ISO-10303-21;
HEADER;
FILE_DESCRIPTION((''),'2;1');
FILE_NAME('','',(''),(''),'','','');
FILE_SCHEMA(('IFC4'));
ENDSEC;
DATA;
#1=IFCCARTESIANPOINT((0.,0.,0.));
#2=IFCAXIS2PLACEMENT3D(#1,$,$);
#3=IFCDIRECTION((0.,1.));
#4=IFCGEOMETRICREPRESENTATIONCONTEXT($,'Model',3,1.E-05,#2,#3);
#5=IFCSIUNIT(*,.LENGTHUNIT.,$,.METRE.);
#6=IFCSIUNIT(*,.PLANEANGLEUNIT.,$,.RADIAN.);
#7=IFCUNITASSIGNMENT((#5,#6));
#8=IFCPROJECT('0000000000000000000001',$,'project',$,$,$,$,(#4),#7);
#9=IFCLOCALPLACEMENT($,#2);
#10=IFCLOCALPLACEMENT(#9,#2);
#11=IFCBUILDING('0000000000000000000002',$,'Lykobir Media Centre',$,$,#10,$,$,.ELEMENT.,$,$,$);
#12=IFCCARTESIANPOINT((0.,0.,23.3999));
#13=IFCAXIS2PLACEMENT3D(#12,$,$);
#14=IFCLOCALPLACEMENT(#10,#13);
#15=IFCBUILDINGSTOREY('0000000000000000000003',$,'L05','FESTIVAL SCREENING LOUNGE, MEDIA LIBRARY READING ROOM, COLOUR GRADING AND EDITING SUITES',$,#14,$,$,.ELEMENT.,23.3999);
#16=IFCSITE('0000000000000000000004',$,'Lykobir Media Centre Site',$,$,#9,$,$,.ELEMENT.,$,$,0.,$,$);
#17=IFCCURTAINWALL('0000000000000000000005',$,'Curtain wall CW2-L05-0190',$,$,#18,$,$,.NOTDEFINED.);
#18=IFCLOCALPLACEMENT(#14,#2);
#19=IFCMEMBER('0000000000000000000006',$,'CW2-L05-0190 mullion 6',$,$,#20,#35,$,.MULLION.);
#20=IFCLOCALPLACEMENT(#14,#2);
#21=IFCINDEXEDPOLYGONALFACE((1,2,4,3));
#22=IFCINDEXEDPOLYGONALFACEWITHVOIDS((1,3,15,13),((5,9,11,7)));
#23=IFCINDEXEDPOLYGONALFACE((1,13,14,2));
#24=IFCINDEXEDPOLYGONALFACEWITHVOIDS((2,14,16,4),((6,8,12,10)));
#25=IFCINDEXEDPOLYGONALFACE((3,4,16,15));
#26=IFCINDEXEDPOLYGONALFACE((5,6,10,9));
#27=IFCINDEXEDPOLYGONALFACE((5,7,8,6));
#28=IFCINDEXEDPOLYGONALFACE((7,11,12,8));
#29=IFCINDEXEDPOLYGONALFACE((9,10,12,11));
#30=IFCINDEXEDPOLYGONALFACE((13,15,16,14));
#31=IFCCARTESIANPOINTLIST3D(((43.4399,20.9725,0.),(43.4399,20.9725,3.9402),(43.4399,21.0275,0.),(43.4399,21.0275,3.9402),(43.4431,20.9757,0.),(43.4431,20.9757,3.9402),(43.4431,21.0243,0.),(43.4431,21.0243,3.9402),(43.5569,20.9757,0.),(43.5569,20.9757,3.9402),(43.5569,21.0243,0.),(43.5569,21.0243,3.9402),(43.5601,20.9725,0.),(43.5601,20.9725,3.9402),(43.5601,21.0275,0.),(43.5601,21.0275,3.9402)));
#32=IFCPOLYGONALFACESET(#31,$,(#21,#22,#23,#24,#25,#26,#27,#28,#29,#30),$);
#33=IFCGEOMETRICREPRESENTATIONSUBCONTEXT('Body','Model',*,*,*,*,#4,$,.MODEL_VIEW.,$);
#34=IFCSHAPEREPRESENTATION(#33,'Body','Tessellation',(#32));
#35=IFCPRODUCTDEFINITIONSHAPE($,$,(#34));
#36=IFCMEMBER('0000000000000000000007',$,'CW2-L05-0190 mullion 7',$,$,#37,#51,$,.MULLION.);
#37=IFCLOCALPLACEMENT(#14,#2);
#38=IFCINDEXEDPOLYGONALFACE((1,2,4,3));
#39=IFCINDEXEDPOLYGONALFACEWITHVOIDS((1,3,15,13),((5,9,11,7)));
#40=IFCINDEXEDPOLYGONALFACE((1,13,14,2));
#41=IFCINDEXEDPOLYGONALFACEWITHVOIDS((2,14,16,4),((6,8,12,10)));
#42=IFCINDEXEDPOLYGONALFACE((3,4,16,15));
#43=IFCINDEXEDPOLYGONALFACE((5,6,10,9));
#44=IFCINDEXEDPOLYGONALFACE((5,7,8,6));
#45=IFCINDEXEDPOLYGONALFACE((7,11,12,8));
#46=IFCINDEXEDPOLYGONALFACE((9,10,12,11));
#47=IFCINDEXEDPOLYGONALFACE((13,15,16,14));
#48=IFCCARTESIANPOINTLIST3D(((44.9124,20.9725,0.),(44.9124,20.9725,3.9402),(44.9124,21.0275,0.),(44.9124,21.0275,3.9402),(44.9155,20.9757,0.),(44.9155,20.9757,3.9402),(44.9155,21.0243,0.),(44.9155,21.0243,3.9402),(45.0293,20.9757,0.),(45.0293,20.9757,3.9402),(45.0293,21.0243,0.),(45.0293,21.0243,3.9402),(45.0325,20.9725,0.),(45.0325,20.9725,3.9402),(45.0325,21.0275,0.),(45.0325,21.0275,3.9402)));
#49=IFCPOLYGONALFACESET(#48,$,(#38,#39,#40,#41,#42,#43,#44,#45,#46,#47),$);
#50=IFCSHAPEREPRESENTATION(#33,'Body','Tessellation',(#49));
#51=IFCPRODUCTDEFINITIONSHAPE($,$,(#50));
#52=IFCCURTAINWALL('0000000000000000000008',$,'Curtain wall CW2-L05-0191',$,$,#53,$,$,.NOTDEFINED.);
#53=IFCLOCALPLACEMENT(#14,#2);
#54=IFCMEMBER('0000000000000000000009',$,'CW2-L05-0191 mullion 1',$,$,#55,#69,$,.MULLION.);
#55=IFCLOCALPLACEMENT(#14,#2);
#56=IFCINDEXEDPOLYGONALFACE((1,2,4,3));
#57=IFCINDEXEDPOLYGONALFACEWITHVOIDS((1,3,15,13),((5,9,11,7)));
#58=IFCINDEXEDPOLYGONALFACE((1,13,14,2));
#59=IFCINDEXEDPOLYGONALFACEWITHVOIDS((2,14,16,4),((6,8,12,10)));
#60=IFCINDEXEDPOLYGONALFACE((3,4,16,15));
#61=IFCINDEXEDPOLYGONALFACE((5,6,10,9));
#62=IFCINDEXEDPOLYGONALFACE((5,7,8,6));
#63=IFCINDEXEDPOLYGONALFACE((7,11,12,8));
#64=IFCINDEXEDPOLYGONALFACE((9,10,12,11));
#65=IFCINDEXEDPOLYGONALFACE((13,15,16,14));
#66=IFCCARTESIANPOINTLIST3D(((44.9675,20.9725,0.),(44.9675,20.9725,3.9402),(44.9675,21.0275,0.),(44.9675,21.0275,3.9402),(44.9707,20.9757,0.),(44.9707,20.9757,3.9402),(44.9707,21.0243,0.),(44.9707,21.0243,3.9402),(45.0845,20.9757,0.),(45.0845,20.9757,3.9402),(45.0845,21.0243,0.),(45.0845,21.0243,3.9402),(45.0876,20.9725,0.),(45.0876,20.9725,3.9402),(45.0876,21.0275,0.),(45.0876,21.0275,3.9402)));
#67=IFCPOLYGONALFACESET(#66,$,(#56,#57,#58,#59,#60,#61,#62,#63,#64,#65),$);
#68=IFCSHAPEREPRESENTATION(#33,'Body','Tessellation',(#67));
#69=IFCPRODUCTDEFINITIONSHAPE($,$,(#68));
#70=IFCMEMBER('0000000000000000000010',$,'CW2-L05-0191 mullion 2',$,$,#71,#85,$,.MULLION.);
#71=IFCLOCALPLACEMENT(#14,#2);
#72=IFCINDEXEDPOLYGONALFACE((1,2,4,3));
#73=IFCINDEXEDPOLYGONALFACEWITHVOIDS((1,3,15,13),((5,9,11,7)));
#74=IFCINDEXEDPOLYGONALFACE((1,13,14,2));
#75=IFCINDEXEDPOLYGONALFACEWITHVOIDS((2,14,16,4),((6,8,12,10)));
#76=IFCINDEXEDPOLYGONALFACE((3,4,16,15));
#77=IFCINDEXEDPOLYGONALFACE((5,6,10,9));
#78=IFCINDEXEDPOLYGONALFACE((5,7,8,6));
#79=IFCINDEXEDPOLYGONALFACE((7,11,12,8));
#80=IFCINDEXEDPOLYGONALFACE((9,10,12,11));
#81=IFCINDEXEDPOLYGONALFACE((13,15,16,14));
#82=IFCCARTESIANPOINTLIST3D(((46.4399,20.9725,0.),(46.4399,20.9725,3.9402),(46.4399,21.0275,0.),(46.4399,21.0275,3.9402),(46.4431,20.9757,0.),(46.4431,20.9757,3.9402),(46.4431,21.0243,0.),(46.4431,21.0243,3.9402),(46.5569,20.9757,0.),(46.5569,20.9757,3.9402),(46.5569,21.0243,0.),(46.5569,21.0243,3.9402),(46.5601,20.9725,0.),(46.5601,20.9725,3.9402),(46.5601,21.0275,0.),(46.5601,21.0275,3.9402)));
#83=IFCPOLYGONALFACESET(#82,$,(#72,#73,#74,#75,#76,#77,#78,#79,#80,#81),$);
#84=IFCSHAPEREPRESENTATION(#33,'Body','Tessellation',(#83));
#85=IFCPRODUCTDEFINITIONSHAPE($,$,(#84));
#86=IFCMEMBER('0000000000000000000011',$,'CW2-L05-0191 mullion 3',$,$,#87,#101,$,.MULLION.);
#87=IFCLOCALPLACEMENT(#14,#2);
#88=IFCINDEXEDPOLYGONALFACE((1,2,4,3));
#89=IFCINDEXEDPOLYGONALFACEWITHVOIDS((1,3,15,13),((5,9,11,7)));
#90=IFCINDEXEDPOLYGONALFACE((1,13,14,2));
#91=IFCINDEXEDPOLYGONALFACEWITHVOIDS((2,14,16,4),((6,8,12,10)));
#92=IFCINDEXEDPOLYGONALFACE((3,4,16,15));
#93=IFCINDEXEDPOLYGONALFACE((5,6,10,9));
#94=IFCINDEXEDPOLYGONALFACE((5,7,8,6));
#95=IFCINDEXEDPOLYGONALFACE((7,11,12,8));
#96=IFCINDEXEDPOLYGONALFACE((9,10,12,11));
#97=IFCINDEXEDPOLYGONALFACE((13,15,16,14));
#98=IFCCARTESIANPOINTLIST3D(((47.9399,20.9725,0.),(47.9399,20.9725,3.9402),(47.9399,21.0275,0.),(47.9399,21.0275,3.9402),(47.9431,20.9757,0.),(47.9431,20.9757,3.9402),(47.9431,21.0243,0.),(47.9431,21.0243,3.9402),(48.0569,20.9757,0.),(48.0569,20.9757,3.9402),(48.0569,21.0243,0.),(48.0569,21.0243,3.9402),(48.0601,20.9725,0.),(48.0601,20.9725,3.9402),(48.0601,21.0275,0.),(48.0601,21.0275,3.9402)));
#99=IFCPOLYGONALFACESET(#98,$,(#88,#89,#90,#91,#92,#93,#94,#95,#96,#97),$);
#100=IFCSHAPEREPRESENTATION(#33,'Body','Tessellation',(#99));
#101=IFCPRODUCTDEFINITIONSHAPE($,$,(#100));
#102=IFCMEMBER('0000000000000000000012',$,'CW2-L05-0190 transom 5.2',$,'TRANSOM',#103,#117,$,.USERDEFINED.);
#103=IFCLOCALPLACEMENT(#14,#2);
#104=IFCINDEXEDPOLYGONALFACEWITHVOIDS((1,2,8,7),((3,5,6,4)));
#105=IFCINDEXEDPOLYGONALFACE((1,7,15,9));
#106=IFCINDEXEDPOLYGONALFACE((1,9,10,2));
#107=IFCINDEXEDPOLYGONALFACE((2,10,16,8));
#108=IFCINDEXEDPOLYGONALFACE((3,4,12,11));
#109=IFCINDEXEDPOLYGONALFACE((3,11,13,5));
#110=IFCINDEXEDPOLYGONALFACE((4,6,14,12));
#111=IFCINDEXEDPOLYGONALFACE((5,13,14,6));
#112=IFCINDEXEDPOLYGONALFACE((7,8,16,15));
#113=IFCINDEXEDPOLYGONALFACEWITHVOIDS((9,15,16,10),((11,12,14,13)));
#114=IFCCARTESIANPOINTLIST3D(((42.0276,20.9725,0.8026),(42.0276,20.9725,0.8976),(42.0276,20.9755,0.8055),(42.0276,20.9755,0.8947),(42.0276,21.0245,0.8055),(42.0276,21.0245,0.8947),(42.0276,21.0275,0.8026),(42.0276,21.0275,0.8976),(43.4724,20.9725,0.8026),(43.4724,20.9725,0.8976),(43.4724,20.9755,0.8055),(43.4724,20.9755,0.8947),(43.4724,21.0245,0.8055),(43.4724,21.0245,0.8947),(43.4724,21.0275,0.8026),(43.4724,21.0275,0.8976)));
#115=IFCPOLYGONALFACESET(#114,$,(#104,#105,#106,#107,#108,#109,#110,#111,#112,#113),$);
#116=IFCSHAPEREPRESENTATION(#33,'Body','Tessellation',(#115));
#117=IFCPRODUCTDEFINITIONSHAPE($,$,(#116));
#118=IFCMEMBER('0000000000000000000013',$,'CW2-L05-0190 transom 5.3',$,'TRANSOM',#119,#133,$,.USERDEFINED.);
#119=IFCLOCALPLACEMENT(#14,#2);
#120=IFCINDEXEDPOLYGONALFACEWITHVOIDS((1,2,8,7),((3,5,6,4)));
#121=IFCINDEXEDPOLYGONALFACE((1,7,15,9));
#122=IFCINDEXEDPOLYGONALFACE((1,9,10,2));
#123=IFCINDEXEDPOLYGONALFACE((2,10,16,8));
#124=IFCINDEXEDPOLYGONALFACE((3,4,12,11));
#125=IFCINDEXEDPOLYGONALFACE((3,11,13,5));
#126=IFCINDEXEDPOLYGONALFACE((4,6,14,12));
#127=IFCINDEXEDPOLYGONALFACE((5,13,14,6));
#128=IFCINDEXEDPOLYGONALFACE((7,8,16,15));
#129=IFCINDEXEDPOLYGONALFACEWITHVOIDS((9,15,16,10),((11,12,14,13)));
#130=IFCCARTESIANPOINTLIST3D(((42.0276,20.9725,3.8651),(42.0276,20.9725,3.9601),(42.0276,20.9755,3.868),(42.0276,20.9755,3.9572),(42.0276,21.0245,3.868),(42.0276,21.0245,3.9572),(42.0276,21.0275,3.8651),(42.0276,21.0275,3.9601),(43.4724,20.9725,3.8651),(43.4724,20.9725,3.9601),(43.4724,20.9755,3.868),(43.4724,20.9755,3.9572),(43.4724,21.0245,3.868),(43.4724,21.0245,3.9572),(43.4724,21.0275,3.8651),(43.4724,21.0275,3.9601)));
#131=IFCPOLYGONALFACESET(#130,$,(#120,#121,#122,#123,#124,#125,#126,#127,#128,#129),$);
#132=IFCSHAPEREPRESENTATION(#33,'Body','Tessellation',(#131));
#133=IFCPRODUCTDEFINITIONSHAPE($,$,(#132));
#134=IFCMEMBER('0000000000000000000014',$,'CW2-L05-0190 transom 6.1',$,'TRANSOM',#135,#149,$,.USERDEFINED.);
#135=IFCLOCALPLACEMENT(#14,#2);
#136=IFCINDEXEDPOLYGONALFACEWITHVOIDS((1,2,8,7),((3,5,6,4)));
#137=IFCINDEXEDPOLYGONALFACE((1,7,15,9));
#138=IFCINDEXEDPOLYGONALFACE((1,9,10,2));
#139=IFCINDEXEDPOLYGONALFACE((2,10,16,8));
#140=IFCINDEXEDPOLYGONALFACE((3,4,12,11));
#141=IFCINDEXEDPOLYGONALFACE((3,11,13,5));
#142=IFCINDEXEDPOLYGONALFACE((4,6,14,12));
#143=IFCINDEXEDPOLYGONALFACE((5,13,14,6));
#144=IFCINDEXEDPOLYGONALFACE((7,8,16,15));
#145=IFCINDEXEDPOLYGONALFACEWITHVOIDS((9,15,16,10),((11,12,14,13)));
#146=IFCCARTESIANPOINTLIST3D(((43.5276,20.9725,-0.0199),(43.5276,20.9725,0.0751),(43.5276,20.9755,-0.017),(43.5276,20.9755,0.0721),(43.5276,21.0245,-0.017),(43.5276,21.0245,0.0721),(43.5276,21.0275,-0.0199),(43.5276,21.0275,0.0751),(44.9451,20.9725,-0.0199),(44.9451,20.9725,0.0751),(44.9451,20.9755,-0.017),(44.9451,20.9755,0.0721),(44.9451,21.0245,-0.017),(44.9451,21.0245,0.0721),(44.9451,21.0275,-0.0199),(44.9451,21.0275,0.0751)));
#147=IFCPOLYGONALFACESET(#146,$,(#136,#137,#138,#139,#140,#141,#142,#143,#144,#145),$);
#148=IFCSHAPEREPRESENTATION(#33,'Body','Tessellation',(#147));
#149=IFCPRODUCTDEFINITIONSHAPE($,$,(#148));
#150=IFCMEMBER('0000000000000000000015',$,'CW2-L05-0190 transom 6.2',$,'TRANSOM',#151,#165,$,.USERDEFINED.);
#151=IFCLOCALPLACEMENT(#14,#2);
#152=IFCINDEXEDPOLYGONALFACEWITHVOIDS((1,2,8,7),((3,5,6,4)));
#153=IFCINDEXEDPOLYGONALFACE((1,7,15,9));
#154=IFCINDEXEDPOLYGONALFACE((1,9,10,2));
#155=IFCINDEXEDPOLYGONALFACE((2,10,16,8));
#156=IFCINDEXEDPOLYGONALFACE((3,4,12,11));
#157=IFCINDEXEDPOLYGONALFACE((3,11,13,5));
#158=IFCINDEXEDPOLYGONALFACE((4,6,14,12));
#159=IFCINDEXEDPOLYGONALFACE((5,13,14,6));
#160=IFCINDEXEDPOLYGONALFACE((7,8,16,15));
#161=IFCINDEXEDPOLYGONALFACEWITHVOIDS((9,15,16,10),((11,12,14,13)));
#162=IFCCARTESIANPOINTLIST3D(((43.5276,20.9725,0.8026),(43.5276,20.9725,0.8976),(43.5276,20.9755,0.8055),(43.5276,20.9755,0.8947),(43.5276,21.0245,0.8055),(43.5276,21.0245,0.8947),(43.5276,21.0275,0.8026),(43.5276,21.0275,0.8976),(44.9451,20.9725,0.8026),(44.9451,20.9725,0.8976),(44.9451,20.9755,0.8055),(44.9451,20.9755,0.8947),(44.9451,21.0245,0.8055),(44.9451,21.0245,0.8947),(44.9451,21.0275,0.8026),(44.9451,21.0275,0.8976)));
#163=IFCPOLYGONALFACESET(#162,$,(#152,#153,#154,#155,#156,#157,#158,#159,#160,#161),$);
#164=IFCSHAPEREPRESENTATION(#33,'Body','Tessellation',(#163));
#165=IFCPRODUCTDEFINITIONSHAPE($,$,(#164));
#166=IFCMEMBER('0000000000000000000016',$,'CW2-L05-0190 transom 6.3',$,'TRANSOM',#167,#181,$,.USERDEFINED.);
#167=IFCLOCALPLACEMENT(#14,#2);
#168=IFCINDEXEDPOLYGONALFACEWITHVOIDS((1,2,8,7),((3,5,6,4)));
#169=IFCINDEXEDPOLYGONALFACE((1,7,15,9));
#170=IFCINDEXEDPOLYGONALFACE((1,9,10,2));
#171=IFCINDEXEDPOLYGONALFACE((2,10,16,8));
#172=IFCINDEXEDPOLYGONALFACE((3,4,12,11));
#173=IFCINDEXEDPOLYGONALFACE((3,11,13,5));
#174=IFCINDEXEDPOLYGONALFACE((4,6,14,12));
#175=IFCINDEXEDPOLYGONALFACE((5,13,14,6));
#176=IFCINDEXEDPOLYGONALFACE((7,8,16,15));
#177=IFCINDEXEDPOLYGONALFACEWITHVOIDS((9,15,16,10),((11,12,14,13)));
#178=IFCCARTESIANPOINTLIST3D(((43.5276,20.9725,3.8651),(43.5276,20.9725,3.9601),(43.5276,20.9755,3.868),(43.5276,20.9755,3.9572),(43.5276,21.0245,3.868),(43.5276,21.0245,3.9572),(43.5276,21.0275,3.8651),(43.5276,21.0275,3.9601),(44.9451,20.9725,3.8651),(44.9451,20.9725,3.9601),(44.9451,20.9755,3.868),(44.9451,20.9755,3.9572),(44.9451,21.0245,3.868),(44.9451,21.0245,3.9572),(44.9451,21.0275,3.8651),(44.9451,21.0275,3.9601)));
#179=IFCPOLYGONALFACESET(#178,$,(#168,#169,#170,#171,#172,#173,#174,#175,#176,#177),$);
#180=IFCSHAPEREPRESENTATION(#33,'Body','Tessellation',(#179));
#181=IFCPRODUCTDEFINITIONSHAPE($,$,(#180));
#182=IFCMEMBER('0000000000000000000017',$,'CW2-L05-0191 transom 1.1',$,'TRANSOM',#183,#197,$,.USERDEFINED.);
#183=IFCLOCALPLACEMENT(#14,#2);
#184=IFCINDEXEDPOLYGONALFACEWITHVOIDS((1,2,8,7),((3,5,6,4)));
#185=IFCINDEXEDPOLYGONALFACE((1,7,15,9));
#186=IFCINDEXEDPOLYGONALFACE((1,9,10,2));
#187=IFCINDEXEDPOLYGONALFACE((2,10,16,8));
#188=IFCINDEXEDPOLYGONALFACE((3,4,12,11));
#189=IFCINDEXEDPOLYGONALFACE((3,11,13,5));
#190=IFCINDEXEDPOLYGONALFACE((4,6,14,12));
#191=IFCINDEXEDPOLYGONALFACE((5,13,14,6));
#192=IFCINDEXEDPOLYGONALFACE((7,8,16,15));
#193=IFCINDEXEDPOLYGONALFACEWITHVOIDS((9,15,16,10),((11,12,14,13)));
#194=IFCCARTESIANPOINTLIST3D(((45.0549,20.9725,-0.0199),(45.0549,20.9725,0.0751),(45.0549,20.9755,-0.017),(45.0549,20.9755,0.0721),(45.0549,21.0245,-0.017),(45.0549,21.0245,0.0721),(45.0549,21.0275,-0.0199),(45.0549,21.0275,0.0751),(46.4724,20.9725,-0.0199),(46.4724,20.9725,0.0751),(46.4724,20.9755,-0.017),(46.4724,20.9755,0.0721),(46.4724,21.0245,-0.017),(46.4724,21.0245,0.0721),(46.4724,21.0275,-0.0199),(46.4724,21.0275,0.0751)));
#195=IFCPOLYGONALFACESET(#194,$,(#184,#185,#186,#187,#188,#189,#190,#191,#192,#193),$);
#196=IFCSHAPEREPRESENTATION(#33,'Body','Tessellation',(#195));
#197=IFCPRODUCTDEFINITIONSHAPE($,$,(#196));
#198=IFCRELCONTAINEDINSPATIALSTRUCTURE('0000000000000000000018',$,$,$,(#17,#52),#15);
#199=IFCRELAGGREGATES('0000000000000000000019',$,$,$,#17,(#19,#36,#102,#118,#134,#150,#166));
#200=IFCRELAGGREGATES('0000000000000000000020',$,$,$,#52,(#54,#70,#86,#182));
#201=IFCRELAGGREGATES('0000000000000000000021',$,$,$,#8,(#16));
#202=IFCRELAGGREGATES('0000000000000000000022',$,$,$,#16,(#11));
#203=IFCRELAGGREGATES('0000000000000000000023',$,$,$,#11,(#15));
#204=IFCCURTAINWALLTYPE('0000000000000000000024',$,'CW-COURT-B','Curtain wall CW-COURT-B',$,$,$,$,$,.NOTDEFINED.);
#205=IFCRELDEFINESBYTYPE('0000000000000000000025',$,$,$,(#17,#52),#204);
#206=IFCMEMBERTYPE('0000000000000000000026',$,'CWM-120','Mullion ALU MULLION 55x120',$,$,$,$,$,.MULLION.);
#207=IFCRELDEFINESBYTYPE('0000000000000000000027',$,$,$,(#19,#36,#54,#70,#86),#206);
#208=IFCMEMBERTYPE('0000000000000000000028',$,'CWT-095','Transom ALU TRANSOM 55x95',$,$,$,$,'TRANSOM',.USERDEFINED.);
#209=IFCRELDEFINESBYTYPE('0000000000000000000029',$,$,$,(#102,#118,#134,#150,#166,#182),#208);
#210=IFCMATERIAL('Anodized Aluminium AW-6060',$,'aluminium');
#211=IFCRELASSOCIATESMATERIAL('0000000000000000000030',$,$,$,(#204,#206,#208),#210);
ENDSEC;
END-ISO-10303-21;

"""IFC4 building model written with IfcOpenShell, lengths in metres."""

from ifc_helpers import new_model, si_unit, direction, frame, origin, origin_2d, place, context, subcontext, project, spatial, hollow_rectangle, extrude, material, material_profile, profile_set, type_object, element, aggregate, save


model = new_model("IFC4")

# Units and contexts
model_context = context("Model", 3, precision=1e-05, world=origin(), true_north=direction((0.0, 1.0)))
body_context = subcontext(model_context, "Body", "Model", "MODEL_VIEW")
ifc_project = project(units=[si_unit("LENGTHUNIT", "METRE"), si_unit("PLANEANGLEUNIT", "RADIAN")], contexts=[model_context])

# Site, building, storey
site_placement = place(None, origin())
site = spatial("IfcSite", under=ifc_project, at=site_placement, Name="Lykobir Media Centre Site", CompositionType="ELEMENT", RefElevation=0.0)
building_placement = place(site_placement, origin())
building = spatial("IfcBuilding", under=site, at=building_placement, Name="Lykobir Media Centre", CompositionType="ELEMENT")
storey_placement = place(building_placement, frame((0.0, 0.0, 23.3999)))
storey = spatial("IfcBuildingStorey", under=building, at=storey_placement, Name="L05", Description="FESTIVAL SCREENING LOUNGE, MEDIA LIBRARY READING ROOM, COLOUR GRADING AND EDITING SUITES", CompositionType="ELEMENT", Elevation=23.3999)

# Curtain walls, members
ifc_material_1 = material(Name="Anodized Aluminium AW-6060", Category="aluminium")
curtain_wall_type = type_object("IfcCurtainWallType", Name="CW-COURT-B", Description="Curtain wall CW-COURT-B", PredefinedType="NOTDEFINED", material=ifc_material_1)
curtain_wall_1_placement = place(storey_placement, origin())
curtain_wall_1 = element("IfcCurtainWall", 1, at=curtain_wall_1_placement, inside=storey, type_object=curtain_wall_type, Name="Curtain wall CW2-L05-0190", PredefinedType="NOTDEFINED")
ifc_material_profile_1 = material_profile(ifc_material_1, hollow_rectangle(XDim=0.0549, YDim=0.1201, WallThickness=0.0032, at=origin_2d()), Name="ALU MULLION 55x120")
ifc_profile_set_1 = profile_set([ifc_material_profile_1], Name="Anodized Aluminium AW-6060")
member_type_1 = type_object("IfcMemberType", Name="CWM-120", Description="Mullion ALU MULLION 55x120", PredefinedType="MULLION", material=ifc_profile_set_1)
member_1_placement = place(storey_placement, frame((43.5, 21.0, 0.0), z_axis=(0.0, 0.0, 1.0), x_axis=(0.0, 1.0, 0.0)))
member_1 = element("IfcMember", 2, at=member_1_placement, type_object=member_type_1, Name="CW2-L05-0190 mullion 6", PredefinedType="MULLION", context=body_context, shape_type="SweptSolid", body=[
    extrude(hollow_rectangle(XDim=0.0549, YDim=0.1201, WallThickness=0.0032, at=origin_2d()), origin(), (0.0, 0.0, 1.0), 3.9402),
])
member_2_placement = place(storey_placement, frame((44.9724, 21.0, 0.0), z_axis=(0.0, 0.0, 1.0), x_axis=(0.0, 1.0, 0.0)))
member_2 = element("IfcMember", 3, at=member_2_placement, type_object=member_type_1, Name="CW2-L05-0190 mullion 7", PredefinedType="MULLION", context=body_context, shape_type="SweptSolid", body=[
    extrude(hollow_rectangle(XDim=0.0549, YDim=0.1201, WallThickness=0.0032, at=origin_2d()), origin(), (0.0, 0.0, 1.0), 3.9402),
])
curtain_wall_2_placement = place(storey_placement, origin())
curtain_wall_2 = element("IfcCurtainWall", 4, at=curtain_wall_2_placement, inside=storey, type_object=curtain_wall_type, Name="Curtain wall CW2-L05-0191", PredefinedType="NOTDEFINED")
member_3_placement = place(storey_placement, frame((45.0276, 21.0, 0.0), z_axis=(0.0, 0.0, 1.0), x_axis=(0.0, 1.0, 0.0)))
member_3 = element("IfcMember", 5, at=member_3_placement, type_object=member_type_1, Name="CW2-L05-0191 mullion 1", PredefinedType="MULLION", context=body_context, shape_type="SweptSolid", body=[
    extrude(hollow_rectangle(XDim=0.0549, YDim=0.1201, WallThickness=0.0032, at=origin_2d()), origin(), (0.0, 0.0, 1.0), 3.9402),
])
member_4_placement = place(storey_placement, frame((46.5, 21.0, 0.0), z_axis=(0.0, 0.0, 1.0), x_axis=(0.0, 1.0, 0.0)))
member_4 = element("IfcMember", 6, at=member_4_placement, type_object=member_type_1, Name="CW2-L05-0191 mullion 2", PredefinedType="MULLION", context=body_context, shape_type="SweptSolid", body=[
    extrude(hollow_rectangle(XDim=0.0549, YDim=0.1201, WallThickness=0.0032, at=origin_2d()), origin(), (0.0, 0.0, 1.0), 3.9402),
])
member_5_placement = place(storey_placement, frame((48.0, 21.0, 0.0), z_axis=(0.0, 0.0, 1.0), x_axis=(0.0, 1.0, 0.0)))
member_5 = element("IfcMember", 7, at=member_5_placement, type_object=member_type_1, Name="CW2-L05-0191 mullion 3", PredefinedType="MULLION", context=body_context, shape_type="SweptSolid", body=[
    extrude(hollow_rectangle(XDim=0.0549, YDim=0.1201, WallThickness=0.0032, at=origin_2d()), origin(), (0.0, 0.0, 1.0), 3.9402),
])

# Members
ifc_material_profile_2 = material_profile(ifc_material_1, hollow_rectangle(XDim=0.0549, YDim=0.095, WallThickness=0.0029, at=origin_2d()), Name="ALU TRANSOM 55x95")
ifc_profile_set_2 = profile_set([ifc_material_profile_2], Name="Anodized Aluminium AW-6060")
member_type_2 = type_object("IfcMemberType", Name="CWT-095", Description="Transom ALU TRANSOM 55x95", ElementType="TRANSOM", PredefinedType="USERDEFINED", material=ifc_profile_set_2)
member_6_placement = place(storey_placement, frame((42.0276, 21.0, 0.8501), z_axis=(1.0, 0.0, 0.0), x_axis=(0.0, 1.0, 0.0)))
member_6 = element("IfcMember", 8, at=member_6_placement, type_object=member_type_2, Name="CW2-L05-0190 transom 5.2", ObjectType="TRANSOM", PredefinedType="USERDEFINED", context=body_context, shape_type="SweptSolid", body=[
    extrude(hollow_rectangle(XDim=0.0549, YDim=0.095, WallThickness=0.0029, at=origin_2d()), origin(), (0.0, 0.0, 1.0), 1.4448),
])
member_7_placement = place(storey_placement, frame((42.0276, 21.0, 3.9126), z_axis=(1.0, 0.0, 0.0), x_axis=(0.0, 1.0, 0.0)))
member_7 = element("IfcMember", 9, at=member_7_placement, type_object=member_type_2, Name="CW2-L05-0190 transom 5.3", ObjectType="TRANSOM", PredefinedType="USERDEFINED", context=body_context, shape_type="SweptSolid", body=[
    extrude(hollow_rectangle(XDim=0.0549, YDim=0.095, WallThickness=0.0029, at=origin_2d()), origin(), (0.0, 0.0, 1.0), 1.4448),
])
member_8_placement = place(storey_placement, frame((43.5276, 21.0, 0.0276), z_axis=(1.0, 0.0, 0.0), x_axis=(0.0, 1.0, 0.0)))
member_8 = element("IfcMember", 10, at=member_8_placement, type_object=member_type_2, Name="CW2-L05-0190 transom 6.1", ObjectType="TRANSOM", PredefinedType="USERDEFINED", context=body_context, shape_type="SweptSolid", body=[
    extrude(hollow_rectangle(XDim=0.0549, YDim=0.095, WallThickness=0.0029, at=origin_2d()), origin(), (0.0, 0.0, 1.0), 1.4175),
])
member_9_placement = place(storey_placement, frame((43.5276, 21.0, 0.8501), z_axis=(1.0, 0.0, 0.0), x_axis=(0.0, 1.0, 0.0)))
member_9 = element("IfcMember", 11, at=member_9_placement, type_object=member_type_2, Name="CW2-L05-0190 transom 6.2", ObjectType="TRANSOM", PredefinedType="USERDEFINED", context=body_context, shape_type="SweptSolid", body=[
    extrude(hollow_rectangle(XDim=0.0549, YDim=0.095, WallThickness=0.0029, at=origin_2d()), origin(), (0.0, 0.0, 1.0), 1.4175),
])
member_10_placement = place(storey_placement, frame((43.5276, 21.0, 3.9126), z_axis=(1.0, 0.0, 0.0), x_axis=(0.0, 1.0, 0.0)))
member_10 = element("IfcMember", 12, at=member_10_placement, type_object=member_type_2, Name="CW2-L05-0190 transom 6.3", ObjectType="TRANSOM", PredefinedType="USERDEFINED", context=body_context, shape_type="SweptSolid", body=[
    extrude(hollow_rectangle(XDim=0.0549, YDim=0.095, WallThickness=0.0029, at=origin_2d()), origin(), (0.0, 0.0, 1.0), 1.4175),
])
member_11_placement = place(storey_placement, frame((45.0549, 21.0, 0.0276), z_axis=(1.0, 0.0, 0.0), x_axis=(0.0, 1.0, 0.0)))
member_11 = element("IfcMember", 13, at=member_11_placement, type_object=member_type_2, Name="CW2-L05-0191 transom 1.1", ObjectType="TRANSOM", PredefinedType="USERDEFINED", context=body_context, shape_type="SweptSolid", body=[
    extrude(hollow_rectangle(XDim=0.0549, YDim=0.095, WallThickness=0.0029, at=origin_2d()), origin(), (0.0, 0.0, 1.0), 1.4175),
])

aggregate(curtain_wall_1, [member_1, member_2, member_6, member_7, member_8, member_9, member_10])
aggregate(curtain_wall_2, [member_3, member_4, member_5, member_11])

save(model, "model.ifc")
